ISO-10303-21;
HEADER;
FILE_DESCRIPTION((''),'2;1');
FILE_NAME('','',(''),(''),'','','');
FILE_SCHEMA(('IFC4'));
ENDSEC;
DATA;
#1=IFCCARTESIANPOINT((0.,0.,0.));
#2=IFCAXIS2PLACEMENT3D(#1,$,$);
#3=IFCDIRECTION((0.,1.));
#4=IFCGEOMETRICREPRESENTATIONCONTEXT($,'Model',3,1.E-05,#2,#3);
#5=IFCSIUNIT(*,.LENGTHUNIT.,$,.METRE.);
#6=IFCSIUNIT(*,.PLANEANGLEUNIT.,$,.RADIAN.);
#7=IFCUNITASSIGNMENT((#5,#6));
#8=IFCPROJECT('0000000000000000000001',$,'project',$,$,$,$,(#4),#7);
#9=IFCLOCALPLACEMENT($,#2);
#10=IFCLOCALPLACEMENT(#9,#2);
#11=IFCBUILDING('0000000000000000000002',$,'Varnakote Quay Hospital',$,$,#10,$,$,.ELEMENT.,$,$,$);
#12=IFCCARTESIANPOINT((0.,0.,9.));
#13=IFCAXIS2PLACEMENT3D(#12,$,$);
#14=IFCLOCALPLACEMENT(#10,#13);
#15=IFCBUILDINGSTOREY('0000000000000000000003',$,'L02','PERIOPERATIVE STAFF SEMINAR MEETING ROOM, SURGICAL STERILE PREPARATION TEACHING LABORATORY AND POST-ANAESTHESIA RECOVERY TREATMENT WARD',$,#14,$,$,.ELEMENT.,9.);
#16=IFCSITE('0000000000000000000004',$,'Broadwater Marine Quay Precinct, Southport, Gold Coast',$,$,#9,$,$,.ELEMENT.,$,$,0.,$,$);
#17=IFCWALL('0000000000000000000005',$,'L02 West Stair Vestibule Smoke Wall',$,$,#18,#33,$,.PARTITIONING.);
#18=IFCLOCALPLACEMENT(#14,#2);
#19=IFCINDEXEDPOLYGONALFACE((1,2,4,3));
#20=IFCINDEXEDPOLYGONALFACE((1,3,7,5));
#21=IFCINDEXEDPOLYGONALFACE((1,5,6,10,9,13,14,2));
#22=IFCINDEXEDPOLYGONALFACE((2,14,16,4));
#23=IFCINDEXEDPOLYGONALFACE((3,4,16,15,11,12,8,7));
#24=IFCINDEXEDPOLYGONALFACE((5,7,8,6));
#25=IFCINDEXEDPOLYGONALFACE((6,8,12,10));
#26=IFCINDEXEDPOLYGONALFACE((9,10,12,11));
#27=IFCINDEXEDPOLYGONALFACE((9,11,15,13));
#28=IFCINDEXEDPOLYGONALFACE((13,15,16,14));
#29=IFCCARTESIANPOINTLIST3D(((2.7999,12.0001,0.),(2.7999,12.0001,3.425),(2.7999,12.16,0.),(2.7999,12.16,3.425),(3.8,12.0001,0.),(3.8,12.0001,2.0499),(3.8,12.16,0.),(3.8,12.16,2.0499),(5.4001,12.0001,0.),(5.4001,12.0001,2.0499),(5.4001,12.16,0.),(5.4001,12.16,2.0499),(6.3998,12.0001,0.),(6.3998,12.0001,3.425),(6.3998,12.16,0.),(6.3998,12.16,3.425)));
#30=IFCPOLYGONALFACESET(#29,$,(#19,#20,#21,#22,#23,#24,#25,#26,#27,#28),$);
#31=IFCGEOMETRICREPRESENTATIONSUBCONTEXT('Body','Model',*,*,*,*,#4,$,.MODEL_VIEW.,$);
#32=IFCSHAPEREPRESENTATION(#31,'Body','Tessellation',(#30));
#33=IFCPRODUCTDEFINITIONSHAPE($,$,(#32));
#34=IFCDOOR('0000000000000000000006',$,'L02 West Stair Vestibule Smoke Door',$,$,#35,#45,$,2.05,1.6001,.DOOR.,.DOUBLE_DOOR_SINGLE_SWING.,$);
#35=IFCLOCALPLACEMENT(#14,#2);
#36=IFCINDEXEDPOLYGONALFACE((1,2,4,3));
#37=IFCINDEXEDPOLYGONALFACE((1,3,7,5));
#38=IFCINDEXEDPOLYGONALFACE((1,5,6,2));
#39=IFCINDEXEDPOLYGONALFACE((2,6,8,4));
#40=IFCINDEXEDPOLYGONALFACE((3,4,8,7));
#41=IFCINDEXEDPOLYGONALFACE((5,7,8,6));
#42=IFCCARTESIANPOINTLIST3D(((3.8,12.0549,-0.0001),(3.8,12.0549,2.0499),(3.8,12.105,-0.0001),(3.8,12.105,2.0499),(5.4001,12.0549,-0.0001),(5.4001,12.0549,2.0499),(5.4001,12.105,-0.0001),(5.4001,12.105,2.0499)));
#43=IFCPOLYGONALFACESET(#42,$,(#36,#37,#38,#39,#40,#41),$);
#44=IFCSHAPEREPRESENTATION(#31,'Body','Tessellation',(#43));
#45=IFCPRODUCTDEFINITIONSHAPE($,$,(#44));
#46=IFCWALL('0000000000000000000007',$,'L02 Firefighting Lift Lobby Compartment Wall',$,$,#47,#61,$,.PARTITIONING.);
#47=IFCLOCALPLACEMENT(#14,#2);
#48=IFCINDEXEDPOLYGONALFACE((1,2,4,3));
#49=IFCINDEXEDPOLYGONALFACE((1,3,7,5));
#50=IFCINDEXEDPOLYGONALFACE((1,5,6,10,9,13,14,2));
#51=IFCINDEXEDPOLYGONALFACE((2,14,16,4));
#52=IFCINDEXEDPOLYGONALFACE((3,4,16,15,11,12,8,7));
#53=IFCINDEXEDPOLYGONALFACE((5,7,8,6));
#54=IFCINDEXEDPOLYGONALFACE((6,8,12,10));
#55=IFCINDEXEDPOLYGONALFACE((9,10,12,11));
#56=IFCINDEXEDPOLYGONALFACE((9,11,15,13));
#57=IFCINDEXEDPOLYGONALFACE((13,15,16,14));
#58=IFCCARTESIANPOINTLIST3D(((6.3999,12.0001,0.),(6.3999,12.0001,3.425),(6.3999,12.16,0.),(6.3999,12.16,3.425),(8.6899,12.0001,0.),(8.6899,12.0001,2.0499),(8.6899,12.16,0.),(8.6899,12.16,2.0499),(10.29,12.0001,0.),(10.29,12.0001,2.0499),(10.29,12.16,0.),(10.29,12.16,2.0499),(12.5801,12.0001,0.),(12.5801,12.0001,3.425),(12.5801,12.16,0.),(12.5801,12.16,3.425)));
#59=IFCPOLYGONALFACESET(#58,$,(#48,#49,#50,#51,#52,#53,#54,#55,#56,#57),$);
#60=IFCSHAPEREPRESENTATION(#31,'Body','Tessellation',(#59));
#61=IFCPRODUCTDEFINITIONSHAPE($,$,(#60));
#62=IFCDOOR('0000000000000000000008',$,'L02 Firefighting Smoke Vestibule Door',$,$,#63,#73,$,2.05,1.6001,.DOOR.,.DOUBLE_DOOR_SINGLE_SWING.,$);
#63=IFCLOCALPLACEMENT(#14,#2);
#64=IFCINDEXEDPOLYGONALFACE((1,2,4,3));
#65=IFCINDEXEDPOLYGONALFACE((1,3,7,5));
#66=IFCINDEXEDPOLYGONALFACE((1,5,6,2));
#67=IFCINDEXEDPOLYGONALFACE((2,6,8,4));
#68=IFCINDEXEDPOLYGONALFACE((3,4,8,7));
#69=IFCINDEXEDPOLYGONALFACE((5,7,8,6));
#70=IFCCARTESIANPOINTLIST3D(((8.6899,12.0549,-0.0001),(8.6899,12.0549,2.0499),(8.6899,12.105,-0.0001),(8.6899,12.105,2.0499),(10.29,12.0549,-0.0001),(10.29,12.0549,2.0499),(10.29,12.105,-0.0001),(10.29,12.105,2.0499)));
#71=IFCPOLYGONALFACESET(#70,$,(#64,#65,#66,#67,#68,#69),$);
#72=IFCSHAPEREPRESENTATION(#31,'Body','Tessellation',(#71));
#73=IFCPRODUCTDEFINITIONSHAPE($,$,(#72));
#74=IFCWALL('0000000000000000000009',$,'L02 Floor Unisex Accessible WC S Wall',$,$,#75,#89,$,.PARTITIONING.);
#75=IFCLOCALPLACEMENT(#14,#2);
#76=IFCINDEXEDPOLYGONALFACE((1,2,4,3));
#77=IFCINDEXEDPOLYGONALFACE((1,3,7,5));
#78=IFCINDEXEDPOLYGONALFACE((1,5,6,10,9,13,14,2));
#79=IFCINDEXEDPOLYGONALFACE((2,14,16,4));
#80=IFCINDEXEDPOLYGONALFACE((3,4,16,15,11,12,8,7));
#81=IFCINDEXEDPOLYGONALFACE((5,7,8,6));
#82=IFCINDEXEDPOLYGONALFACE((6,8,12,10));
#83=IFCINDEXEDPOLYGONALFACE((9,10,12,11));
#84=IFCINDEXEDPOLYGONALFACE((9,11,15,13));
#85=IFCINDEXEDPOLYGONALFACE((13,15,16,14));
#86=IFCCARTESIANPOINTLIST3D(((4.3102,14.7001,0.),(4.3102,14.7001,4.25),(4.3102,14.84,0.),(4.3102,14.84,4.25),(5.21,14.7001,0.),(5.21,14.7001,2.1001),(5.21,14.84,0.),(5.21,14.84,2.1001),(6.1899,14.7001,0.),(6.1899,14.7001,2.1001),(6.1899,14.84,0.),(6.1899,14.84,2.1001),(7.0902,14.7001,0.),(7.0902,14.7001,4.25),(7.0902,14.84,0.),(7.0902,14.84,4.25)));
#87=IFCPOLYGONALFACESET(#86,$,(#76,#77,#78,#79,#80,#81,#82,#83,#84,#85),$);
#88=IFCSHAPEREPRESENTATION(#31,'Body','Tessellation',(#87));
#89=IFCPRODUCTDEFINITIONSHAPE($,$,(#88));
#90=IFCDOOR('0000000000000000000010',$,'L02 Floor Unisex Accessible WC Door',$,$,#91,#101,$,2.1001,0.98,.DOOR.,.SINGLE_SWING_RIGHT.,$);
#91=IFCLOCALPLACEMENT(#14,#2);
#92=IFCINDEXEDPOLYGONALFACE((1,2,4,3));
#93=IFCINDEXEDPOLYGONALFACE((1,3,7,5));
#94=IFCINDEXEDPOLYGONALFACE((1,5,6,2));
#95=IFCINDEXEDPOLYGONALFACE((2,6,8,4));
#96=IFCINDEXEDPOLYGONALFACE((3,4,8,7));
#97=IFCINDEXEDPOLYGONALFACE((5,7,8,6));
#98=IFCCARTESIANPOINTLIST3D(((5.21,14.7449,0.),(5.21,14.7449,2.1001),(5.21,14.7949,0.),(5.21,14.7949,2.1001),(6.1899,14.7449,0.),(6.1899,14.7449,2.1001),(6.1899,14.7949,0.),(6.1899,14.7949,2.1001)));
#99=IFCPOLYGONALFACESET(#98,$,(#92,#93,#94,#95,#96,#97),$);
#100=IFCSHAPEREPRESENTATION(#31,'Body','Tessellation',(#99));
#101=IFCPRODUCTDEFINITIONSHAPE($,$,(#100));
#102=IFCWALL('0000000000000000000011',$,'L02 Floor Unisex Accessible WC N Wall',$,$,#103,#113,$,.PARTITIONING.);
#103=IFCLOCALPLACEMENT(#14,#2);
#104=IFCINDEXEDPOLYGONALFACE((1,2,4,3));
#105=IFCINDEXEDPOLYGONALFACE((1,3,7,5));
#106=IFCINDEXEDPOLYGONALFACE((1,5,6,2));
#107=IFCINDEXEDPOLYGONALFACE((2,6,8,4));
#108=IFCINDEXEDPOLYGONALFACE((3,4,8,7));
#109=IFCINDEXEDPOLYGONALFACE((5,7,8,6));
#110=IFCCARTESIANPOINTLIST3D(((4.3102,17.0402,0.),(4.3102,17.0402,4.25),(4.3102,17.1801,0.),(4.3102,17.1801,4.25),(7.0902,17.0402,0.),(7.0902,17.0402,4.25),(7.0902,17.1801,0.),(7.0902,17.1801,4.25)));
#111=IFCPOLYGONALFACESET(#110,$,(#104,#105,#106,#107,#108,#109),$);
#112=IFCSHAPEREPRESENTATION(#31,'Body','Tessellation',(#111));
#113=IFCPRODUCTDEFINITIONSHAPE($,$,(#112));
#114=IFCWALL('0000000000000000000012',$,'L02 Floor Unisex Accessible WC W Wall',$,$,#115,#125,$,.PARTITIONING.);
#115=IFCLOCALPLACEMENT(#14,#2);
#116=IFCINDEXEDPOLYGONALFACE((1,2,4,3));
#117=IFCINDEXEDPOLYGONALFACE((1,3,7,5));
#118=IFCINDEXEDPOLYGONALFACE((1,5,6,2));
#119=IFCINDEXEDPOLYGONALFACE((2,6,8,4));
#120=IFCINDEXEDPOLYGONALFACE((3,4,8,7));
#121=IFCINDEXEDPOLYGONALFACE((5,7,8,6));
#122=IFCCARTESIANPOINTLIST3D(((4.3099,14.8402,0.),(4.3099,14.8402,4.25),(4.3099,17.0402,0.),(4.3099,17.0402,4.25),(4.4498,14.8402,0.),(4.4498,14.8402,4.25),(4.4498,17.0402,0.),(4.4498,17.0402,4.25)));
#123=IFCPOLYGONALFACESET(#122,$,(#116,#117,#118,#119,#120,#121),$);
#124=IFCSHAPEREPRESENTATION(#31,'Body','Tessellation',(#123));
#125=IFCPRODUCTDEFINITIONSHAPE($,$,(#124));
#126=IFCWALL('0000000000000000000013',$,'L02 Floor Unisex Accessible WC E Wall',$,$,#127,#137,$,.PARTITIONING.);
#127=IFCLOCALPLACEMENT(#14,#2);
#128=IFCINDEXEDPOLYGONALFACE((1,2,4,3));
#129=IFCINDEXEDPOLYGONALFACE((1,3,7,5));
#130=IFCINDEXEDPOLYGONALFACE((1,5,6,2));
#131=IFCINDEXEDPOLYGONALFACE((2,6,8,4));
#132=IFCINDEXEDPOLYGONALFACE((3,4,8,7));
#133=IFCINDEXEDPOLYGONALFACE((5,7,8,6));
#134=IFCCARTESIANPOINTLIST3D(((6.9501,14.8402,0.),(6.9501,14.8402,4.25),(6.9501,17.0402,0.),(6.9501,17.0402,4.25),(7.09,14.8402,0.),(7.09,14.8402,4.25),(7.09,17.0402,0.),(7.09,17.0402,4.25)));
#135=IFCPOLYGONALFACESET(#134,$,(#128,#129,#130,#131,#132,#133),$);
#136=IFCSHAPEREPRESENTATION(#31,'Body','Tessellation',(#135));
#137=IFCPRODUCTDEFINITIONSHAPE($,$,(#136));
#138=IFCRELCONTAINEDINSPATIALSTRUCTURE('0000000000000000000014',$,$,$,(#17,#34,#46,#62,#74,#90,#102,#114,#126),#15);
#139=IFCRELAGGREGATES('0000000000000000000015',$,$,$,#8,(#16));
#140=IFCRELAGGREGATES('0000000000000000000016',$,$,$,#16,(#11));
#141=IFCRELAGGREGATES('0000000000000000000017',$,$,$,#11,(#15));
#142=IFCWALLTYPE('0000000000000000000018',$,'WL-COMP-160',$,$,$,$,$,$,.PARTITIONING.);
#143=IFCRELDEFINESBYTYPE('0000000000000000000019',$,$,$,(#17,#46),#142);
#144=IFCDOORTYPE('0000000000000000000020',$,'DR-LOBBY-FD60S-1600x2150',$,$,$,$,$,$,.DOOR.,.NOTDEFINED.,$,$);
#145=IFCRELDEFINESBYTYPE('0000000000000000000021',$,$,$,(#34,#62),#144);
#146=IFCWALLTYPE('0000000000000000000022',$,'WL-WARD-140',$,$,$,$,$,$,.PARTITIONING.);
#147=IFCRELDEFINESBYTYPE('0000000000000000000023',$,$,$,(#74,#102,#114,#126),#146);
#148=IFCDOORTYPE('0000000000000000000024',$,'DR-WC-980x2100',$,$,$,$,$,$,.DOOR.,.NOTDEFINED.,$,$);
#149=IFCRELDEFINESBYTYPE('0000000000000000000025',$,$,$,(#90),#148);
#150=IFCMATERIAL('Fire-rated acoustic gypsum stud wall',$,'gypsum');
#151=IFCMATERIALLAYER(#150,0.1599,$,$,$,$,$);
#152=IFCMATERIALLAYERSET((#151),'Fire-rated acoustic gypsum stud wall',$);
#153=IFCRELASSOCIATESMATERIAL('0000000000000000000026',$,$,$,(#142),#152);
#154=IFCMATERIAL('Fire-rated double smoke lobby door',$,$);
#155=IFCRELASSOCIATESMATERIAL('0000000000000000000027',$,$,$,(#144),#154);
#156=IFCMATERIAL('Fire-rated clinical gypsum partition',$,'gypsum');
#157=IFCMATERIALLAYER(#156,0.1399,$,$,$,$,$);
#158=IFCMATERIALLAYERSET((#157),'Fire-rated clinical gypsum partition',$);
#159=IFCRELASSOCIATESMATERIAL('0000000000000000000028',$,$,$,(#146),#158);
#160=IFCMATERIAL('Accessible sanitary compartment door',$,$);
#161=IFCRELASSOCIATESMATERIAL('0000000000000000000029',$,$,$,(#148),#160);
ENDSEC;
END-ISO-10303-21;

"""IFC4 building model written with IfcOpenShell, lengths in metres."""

from ifc_helpers import new_model, si_unit, direction, frame, frame_2d, origin, place, context, subcontext, project, spatial, rectangle, extrude, material, layer, layer_set, type_object, element, fill, save


model = new_model("IFC4")

# Units and contexts
model_context = context("Model", 3, precision=1e-05, world=origin(), true_north=direction((0.0, 1.0)))
body_context = subcontext(model_context, "Body", "Model", "MODEL_VIEW")
ifc_project = project(units=[si_unit("LENGTHUNIT", "METRE"), si_unit("PLANEANGLEUNIT", "RADIAN")], contexts=[model_context])

# Site, building, storey
site_placement = place(None, origin())
site = spatial("IfcSite", under=ifc_project, at=site_placement, Name="Broadwater Marine Quay Precinct, Southport, Gold Coast", CompositionType="ELEMENT", RefElevation=0.0)
building_placement = place(site_placement, origin())
building = spatial("IfcBuilding", under=site, at=building_placement, Name="Varnakote Quay Hospital", CompositionType="ELEMENT")
storey_placement = place(building_placement, frame((0.0, 0.0, 9.0)))
storey = spatial("IfcBuildingStorey", under=building, at=storey_placement, Name="L02", Description="PERIOPERATIVE STAFF SEMINAR MEETING ROOM, SURGICAL STERILE PREPARATION TEACHING LABORATORY AND POST-ANAESTHESIA RECOVERY TREATMENT WARD", CompositionType="ELEMENT", Elevation=9.0)

# Walls, openings, doors
ifc_material_1 = material(Name="Fire-rated acoustic gypsum stud wall", Category="gypsum")
ifc_layer_1 = layer(ifc_material_1, 0.1599)
ifc_layer_set_1 = layer_set([ifc_layer_1], Name="Fire-rated acoustic gypsum stud wall")
wall_type_1 = type_object("IfcWallType", Name="WL-COMP-160", PredefinedType="PARTITIONING", material=ifc_layer_set_1)
wall_1_placement = place(storey_placement, frame((2.8, 12.0801, 0.0), z_axis=(0.0, 0.0, 1.0), x_axis=(1.0, 0.0, 0.0)))
wall_1 = element("IfcWall", 1, at=wall_1_placement, inside=storey, type_object=wall_type_1, Name="L02 West Stair Vestibule Smoke Wall", PredefinedType="PARTITIONING", context=body_context, shape_type="SweptSolid", body=[
    extrude(rectangle(XDim=3.5999, YDim=0.1599, at=frame_2d((1.7998, 0.0))), origin(), (0.0, 0.0, 1.0), 3.425),
])
opening_1_placement = place(wall_1_placement, frame((1.0, 0.0, 0.0)))
opening_1 = element("IfcOpeningElement", 2, at=opening_1_placement, cuts=wall_1, PredefinedType="OPENING", context=body_context, shape_type="SweptSolid", body=[
    extrude(rectangle(XDim=1.6001, YDim=2.05, at=frame_2d((0.8, 1.0249))), frame((0.0, 0.0898, 0.0), z_axis=(0.0, -1.0, 0.0), x_axis=(1.0, 0.0, 0.0)), (0.0, 0.0, 1.0), 0.1799),
])
ifc_material_2 = material(Name="Fire-rated double smoke lobby door")
door_type_1 = type_object("IfcDoorType", Name="DR-LOBBY-FD60S-1600x2150", OperationType="NOTDEFINED", PredefinedType="DOOR", material=ifc_material_2)
door_1_placement = place(opening_1_placement, origin())
door_1 = element("IfcDoor", 3, at=door_1_placement, inside=storey, type_object=door_type_1, Name="L02 West Stair Vestibule Smoke Door", OperationType="DOUBLE_DOOR_SINGLE_SWING", OverallHeight=2.05, OverallWidth=1.6001, PredefinedType="DOOR", context=body_context, shape_type="SweptSolid", body=[
    extrude(rectangle(XDim=1.6001, YDim=2.05, at=frame_2d((0.8, 1.0249))), frame((0.0, 0.0249, 0.0), z_axis=(0.0, -1.0, 0.0), x_axis=(1.0, 0.0, 0.0)), (0.0, 0.0, 1.0), 0.05),
])
fill(opening_1, door_1)
wall_2_placement = place(storey_placement, frame((6.3999, 12.0801, 0.0), z_axis=(0.0, 0.0, 1.0), x_axis=(1.0, 0.0, 0.0)))
wall_2 = element("IfcWall", 4, at=wall_2_placement, inside=storey, type_object=wall_type_1, Name="L02 Firefighting Lift Lobby Compartment Wall", PredefinedType="PARTITIONING", context=body_context, shape_type="SweptSolid", body=[
    extrude(rectangle(XDim=6.1802, YDim=0.1599, at=frame_2d((3.0901, 0.0))), origin(), (0.0, 0.0, 1.0), 3.425),
])
opening_2_placement = place(wall_2_placement, frame((2.29, 0.0, 0.0)))
opening_2 = element("IfcOpeningElement", 5, at=opening_2_placement, cuts=wall_2, PredefinedType="OPENING", context=body_context, shape_type="SweptSolid", body=[
    extrude(rectangle(XDim=1.6001, YDim=2.05, at=frame_2d((0.8, 1.0249))), frame((0.0, 0.0898, 0.0), z_axis=(0.0, -1.0, 0.0), x_axis=(1.0, 0.0, 0.0)), (0.0, 0.0, 1.0), 0.1799),
])
door_2_placement = place(opening_2_placement, origin())
door_2 = element("IfcDoor", 6, at=door_2_placement, inside=storey, type_object=door_type_1, Name="L02 Firefighting Smoke Vestibule Door", OperationType="DOUBLE_DOOR_SINGLE_SWING", OverallHeight=2.05, OverallWidth=1.6001, PredefinedType="DOOR", context=body_context, shape_type="SweptSolid", body=[
    extrude(rectangle(XDim=1.6001, YDim=2.05, at=frame_2d((0.8, 1.0249))), frame((0.0, 0.0249, 0.0), z_axis=(0.0, -1.0, 0.0), x_axis=(1.0, 0.0, 0.0)), (0.0, 0.0, 1.0), 0.05),
])
fill(opening_2, door_2)
ifc_material_3 = material(Name="Fire-rated clinical gypsum partition", Category="gypsum")
ifc_layer_2 = layer(ifc_material_3, 0.1399)
ifc_layer_set_2 = layer_set([ifc_layer_2], Name="Fire-rated clinical gypsum partition")
wall_type_2 = type_object("IfcWallType", Name="WL-WARD-140", PredefinedType="PARTITIONING", material=ifc_layer_set_2)
wall_3_placement = place(storey_placement, frame((4.3101, 14.77, 0.0), z_axis=(0.0, 0.0, 1.0), x_axis=(1.0, 0.0, 0.0)))
wall_3 = element("IfcWall", 7, at=wall_3_placement, inside=storey, type_object=wall_type_2, Name="L02 Floor Unisex Accessible WC S Wall", PredefinedType="PARTITIONING", context=body_context, shape_type="SweptSolid", body=[
    extrude(rectangle(XDim=2.78, YDim=0.1399, at=frame_2d((1.3901, 0.0))), origin(), (0.0, 0.0, 1.0), 4.25),
])
opening_3_placement = place(wall_3_placement, frame((0.8999, 0.0, 0.0)))
opening_3 = element("IfcOpeningElement", 8, at=opening_3_placement, cuts=wall_3, PredefinedType="OPENING", context=body_context, shape_type="SweptSolid", body=[
    extrude(rectangle(XDim=0.98, YDim=2.1001, at=frame_2d((0.49, 1.05))), frame((0.0, 0.0798, 0.0), z_axis=(0.0, -1.0, 0.0), x_axis=(1.0, 0.0, 0.0)), (0.0, 0.0, 1.0), 0.1599),
])
ifc_material_4 = material(Name="Accessible sanitary compartment door")
door_type_2 = type_object("IfcDoorType", Name="DR-WC-980x2100", OperationType="NOTDEFINED", PredefinedType="DOOR", material=ifc_material_4)
door_3_placement = place(opening_3_placement, origin())
door_3 = element("IfcDoor", 9, at=door_3_placement, inside=storey, type_object=door_type_2, Name="L02 Floor Unisex Accessible WC Door", OperationType="SINGLE_SWING_RIGHT", OverallHeight=2.1001, OverallWidth=0.98, PredefinedType="DOOR", context=body_context, shape_type="SweptSolid", body=[
    extrude(rectangle(XDim=0.98, YDim=2.1001, at=frame_2d((0.49, 1.05))), frame((0.0, 0.0249, 0.0), z_axis=(0.0, -1.0, 0.0), x_axis=(1.0, 0.0, 0.0)), (0.0, 0.0, 1.0), 0.05),
])
fill(opening_3, door_3)

# Walls
wall_4_placement = place(storey_placement, frame((4.3101, 17.1101, 0.0), z_axis=(0.0, 0.0, 1.0), x_axis=(1.0, 0.0, 0.0)))
element("IfcWall", 10, at=wall_4_placement, inside=storey, type_object=wall_type_2, Name="L02 Floor Unisex Accessible WC N Wall", PredefinedType="PARTITIONING", context=body_context, shape_type="SweptSolid", body=[
    extrude(rectangle(XDim=2.78, YDim=0.1399, at=frame_2d((1.3901, 0.0))), origin(), (0.0, 0.0, 1.0), 4.25),
])
for number, where, z_axis, x_axis, name in (
    (11, (4.3799, 14.8401, 0.0), (0.0, 0.0, 1.0), (0.0, 1.0, 0.0), "L02 Floor Unisex Accessible WC W Wall"),
    (12, (7.02, 14.8401, 0.0), (0.0, 0.0, 1.0), (0.0, 1.0, 0.0), "L02 Floor Unisex Accessible WC E Wall"),
):
    element("IfcWall", number, at=place(storey_placement, frame(where, z_axis=z_axis, x_axis=x_axis)), inside=storey, type_object=wall_type_2, Name=name, PredefinedType="PARTITIONING", context=body_context, shape_type="SweptSolid", body=[
        extrude(rectangle(XDim=2.2, YDim=0.1399, at=frame_2d((1.1001, 0.0))), origin(), (0.0, 0.0, 1.0), 4.25),
    ])

save(model, "model.ifc")
